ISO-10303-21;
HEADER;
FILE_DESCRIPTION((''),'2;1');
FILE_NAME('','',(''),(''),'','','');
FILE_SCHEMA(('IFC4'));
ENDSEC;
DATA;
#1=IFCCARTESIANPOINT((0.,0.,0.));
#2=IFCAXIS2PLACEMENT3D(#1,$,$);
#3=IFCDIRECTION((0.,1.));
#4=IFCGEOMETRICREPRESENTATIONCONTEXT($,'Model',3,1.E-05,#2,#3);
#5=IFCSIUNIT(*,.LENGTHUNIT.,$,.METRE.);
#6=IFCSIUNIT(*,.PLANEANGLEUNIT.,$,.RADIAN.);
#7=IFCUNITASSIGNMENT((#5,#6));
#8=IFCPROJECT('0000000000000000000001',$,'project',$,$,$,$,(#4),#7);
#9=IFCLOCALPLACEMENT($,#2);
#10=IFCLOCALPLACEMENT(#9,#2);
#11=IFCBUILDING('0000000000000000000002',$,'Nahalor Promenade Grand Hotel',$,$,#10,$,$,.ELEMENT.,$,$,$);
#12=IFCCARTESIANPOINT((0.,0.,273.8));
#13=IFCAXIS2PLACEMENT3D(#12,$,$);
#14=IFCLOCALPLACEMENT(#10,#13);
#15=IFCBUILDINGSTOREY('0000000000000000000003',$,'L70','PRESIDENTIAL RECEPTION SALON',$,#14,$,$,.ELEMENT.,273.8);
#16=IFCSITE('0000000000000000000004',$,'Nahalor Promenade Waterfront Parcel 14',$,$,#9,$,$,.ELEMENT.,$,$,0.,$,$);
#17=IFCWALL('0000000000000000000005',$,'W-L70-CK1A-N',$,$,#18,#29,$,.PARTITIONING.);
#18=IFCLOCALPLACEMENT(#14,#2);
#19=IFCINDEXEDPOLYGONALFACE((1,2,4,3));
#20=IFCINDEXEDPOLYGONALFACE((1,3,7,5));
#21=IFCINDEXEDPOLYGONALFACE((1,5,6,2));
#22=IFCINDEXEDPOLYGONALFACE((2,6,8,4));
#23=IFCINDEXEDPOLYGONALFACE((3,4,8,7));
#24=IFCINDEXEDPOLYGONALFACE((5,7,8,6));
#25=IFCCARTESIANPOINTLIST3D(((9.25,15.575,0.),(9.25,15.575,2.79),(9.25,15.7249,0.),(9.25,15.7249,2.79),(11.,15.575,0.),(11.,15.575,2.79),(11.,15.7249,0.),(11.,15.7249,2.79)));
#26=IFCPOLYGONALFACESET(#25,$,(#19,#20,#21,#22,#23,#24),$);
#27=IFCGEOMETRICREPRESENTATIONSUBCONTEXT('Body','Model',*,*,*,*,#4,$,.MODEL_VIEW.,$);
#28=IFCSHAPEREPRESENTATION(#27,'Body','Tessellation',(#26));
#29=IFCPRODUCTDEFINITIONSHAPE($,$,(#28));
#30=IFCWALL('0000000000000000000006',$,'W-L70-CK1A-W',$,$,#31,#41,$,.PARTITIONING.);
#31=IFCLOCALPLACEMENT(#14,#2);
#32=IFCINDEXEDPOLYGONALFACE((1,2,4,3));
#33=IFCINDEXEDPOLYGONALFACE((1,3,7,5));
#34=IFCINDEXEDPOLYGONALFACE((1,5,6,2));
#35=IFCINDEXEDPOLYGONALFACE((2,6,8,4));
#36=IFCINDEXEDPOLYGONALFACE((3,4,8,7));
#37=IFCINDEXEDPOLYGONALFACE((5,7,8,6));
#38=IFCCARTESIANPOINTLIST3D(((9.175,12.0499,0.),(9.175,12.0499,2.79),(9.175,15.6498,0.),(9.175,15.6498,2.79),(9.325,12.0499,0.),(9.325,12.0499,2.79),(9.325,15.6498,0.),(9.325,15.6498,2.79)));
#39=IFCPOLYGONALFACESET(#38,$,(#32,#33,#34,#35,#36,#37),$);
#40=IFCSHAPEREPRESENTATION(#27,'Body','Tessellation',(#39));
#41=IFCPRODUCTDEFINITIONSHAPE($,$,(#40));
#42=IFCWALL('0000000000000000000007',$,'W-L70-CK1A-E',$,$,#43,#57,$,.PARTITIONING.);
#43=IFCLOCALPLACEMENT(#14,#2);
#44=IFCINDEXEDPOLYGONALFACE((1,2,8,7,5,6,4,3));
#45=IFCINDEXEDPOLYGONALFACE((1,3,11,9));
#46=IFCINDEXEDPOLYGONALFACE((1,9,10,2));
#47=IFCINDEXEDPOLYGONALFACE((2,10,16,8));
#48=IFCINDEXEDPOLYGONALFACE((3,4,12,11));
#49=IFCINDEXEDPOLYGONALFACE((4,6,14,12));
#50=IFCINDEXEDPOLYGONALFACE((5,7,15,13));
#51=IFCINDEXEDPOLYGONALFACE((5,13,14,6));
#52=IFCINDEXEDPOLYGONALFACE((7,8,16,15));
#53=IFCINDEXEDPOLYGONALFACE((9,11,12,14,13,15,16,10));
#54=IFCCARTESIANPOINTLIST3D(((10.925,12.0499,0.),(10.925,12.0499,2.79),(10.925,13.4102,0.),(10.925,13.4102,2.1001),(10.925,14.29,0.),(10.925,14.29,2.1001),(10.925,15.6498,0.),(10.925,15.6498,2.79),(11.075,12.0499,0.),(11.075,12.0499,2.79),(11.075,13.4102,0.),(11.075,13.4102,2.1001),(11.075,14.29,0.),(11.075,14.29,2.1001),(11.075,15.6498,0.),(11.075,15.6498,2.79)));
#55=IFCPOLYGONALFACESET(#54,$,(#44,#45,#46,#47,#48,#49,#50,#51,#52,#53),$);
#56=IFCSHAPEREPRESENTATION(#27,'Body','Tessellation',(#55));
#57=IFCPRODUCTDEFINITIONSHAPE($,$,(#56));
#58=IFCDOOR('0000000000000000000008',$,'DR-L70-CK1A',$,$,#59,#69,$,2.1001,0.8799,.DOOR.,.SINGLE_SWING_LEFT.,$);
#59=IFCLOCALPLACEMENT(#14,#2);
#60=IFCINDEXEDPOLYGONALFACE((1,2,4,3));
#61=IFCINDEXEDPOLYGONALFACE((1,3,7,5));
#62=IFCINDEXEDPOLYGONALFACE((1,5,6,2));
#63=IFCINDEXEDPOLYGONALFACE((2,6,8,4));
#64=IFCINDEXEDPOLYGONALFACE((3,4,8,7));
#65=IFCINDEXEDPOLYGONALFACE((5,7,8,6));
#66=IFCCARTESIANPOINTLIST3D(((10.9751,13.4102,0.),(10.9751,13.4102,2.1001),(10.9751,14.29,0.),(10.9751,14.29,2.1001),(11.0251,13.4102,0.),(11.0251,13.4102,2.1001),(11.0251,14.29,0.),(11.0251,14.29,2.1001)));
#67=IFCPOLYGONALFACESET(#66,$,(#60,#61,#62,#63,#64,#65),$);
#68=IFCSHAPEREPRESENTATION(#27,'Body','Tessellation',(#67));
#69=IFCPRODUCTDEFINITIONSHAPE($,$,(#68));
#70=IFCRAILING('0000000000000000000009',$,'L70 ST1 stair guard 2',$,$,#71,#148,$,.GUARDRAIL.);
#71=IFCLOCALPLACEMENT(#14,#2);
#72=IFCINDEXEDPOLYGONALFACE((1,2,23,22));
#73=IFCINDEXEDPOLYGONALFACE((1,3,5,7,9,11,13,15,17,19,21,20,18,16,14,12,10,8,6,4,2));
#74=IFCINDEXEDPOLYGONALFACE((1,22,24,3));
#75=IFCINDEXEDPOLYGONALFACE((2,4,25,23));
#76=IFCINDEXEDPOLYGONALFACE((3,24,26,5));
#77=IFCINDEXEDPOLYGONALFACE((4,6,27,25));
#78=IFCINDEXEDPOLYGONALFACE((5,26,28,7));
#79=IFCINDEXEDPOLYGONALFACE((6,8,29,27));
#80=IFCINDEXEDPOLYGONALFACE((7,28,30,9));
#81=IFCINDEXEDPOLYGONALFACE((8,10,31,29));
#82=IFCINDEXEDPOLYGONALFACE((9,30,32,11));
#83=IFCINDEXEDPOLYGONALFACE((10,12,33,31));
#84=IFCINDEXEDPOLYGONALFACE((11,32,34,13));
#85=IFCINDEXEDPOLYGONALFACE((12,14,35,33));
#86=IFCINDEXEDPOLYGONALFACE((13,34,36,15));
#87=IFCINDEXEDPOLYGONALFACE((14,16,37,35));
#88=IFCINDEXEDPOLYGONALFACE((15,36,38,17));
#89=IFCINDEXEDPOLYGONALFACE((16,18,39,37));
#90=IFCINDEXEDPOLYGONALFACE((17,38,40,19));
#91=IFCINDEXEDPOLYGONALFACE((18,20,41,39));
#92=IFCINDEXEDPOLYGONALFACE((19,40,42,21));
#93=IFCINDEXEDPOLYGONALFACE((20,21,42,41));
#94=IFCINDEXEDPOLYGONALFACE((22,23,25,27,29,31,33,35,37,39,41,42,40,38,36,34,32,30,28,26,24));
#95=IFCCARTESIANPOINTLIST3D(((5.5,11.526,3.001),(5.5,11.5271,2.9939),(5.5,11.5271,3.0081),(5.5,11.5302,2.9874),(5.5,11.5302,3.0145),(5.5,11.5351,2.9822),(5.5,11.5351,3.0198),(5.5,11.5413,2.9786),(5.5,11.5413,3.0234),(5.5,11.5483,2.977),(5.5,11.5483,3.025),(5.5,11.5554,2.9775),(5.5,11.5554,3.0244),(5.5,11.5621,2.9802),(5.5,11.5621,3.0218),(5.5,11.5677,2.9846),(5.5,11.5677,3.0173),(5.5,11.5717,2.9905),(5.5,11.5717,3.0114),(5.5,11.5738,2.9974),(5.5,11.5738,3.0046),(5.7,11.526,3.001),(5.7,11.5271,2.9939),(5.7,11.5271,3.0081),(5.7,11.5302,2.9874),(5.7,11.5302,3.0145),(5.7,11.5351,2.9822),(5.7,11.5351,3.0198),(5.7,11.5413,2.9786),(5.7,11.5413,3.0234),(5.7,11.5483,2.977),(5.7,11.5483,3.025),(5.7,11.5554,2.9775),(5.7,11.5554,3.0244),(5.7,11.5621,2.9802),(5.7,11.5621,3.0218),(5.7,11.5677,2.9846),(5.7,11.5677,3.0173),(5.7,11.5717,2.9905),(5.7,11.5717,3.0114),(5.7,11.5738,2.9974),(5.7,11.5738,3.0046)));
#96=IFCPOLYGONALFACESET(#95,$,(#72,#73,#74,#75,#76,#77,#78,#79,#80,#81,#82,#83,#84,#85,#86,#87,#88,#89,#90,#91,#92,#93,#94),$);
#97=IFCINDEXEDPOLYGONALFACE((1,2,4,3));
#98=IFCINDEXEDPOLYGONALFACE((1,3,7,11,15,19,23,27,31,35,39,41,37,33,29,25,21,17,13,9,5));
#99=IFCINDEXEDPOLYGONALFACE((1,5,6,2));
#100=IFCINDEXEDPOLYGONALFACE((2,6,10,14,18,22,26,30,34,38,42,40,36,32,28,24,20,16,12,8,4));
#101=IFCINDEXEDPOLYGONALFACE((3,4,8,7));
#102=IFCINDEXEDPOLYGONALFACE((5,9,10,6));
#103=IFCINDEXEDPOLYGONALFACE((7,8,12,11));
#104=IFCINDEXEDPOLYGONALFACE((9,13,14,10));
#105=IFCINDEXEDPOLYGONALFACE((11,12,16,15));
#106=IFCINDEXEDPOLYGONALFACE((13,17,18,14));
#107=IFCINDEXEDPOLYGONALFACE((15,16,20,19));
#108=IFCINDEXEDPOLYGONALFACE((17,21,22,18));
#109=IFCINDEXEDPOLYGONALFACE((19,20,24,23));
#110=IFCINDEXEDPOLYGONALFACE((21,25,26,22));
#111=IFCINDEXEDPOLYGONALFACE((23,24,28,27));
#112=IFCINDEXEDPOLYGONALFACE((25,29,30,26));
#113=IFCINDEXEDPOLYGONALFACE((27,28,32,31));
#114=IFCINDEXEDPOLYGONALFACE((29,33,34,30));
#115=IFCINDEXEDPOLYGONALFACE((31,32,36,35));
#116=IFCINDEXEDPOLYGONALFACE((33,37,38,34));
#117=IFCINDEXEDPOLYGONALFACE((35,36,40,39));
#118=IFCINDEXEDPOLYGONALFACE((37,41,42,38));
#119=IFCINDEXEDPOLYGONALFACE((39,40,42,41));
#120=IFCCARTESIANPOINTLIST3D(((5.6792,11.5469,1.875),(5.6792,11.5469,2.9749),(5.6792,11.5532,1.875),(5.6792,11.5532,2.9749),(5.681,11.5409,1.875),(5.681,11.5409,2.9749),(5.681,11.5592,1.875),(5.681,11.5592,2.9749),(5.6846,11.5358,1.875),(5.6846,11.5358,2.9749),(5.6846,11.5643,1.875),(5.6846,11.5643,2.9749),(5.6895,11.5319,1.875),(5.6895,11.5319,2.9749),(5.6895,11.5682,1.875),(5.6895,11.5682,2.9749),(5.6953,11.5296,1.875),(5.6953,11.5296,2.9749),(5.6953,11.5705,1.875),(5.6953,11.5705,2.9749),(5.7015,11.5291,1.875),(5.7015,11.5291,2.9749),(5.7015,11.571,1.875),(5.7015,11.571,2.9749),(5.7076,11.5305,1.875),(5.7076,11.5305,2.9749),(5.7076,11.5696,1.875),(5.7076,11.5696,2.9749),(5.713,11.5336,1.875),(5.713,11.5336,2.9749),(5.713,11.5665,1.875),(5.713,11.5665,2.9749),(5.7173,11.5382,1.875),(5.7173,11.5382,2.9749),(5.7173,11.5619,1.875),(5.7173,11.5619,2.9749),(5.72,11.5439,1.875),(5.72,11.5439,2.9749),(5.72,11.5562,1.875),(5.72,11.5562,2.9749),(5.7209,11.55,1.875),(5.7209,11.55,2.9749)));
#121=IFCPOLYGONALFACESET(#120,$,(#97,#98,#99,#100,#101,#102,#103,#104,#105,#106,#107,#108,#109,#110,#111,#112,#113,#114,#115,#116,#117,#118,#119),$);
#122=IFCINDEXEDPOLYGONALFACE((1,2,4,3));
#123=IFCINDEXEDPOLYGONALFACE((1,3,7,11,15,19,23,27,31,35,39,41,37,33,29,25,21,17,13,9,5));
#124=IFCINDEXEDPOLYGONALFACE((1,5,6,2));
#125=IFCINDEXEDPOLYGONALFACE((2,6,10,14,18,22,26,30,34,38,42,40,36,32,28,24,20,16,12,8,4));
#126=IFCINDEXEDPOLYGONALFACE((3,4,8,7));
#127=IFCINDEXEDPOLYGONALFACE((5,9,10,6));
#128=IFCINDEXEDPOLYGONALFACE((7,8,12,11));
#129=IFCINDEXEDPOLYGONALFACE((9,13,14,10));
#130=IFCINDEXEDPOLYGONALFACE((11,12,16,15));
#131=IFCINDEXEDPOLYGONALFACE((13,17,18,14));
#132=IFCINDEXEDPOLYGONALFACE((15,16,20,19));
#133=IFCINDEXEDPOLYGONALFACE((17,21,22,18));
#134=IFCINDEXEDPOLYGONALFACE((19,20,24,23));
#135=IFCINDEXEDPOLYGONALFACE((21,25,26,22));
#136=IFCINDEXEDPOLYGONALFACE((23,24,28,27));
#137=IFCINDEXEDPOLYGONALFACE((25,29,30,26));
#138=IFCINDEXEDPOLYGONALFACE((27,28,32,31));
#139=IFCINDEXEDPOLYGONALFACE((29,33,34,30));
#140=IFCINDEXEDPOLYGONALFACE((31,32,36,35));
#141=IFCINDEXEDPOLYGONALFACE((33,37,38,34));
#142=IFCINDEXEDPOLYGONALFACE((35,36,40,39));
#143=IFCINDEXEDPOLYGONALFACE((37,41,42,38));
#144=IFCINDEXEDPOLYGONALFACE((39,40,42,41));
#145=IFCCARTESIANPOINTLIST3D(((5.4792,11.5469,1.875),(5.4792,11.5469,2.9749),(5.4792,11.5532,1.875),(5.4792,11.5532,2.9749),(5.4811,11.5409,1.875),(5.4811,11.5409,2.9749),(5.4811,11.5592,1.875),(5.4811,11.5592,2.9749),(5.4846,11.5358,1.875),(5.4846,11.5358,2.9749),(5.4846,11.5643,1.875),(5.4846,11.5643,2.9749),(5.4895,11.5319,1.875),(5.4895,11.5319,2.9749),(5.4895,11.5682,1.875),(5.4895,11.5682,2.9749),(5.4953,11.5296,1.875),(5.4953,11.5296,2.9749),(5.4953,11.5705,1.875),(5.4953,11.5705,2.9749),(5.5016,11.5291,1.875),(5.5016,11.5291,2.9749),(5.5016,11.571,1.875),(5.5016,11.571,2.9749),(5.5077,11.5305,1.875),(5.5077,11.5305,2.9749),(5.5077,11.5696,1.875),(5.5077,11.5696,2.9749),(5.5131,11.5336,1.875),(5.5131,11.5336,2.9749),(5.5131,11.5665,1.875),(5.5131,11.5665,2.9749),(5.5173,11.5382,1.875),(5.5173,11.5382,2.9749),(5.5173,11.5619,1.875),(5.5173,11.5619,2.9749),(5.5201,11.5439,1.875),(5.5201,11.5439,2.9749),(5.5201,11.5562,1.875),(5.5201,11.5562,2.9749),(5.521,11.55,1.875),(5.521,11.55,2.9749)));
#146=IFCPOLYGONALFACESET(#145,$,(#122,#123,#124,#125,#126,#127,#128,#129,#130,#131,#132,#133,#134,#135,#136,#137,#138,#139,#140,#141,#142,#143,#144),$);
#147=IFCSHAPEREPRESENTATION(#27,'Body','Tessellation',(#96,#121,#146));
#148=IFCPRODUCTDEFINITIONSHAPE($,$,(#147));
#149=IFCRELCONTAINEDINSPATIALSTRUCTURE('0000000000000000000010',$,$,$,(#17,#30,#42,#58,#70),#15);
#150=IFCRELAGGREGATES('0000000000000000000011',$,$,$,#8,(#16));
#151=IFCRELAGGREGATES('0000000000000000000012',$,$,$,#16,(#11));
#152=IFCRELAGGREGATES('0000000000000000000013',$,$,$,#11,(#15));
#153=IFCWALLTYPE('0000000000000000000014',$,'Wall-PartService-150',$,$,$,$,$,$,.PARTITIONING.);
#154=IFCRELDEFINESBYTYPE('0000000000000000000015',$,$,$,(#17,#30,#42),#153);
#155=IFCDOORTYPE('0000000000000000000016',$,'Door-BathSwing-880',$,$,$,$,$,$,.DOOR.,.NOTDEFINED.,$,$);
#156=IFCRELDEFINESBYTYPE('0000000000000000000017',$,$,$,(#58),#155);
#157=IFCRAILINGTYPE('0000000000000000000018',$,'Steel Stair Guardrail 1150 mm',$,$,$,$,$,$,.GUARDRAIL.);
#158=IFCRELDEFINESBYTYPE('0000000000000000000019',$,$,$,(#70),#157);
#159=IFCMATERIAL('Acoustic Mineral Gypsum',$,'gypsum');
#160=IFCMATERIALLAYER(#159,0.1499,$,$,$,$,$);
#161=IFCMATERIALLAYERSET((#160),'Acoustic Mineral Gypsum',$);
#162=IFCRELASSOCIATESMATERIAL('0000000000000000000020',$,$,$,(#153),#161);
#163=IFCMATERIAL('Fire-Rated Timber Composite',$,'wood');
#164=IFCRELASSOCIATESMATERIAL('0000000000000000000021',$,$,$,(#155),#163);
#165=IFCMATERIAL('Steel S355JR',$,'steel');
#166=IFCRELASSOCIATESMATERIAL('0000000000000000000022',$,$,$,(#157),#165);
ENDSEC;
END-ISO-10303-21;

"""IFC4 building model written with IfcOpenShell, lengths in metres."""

from ifc_helpers import new_model, si_unit, direction, frame, frame_2d, origin, origin_2d, place, context, subcontext, project, spatial, rectangle, circle, extrude, source, transform, mapped, material, layer, layer_set, type_object, element, fill, save


model = new_model("IFC4")

# Units and contexts
model_context = context("Model", 3, precision=1e-05, world=origin(), true_north=direction((0.0, 1.0)))
body_context = subcontext(model_context, "Body", "Model", "MODEL_VIEW")
ifc_project = project(units=[si_unit("LENGTHUNIT", "METRE"), si_unit("PLANEANGLEUNIT", "RADIAN")], contexts=[model_context])

# Site, building, storey
site_placement = place(None, origin())
site = spatial("IfcSite", under=ifc_project, at=site_placement, Name="Nahalor Promenade Waterfront Parcel 14", CompositionType="ELEMENT", RefElevation=0.0)
building_placement = place(site_placement, origin())
building = spatial("IfcBuilding", under=site, at=building_placement, Name="Nahalor Promenade Grand Hotel", CompositionType="ELEMENT")
storey_placement = place(building_placement, frame((0.0, 0.0, 273.8)))
storey = spatial("IfcBuildingStorey", under=building, at=storey_placement, Name="L70", Description="PRESIDENTIAL RECEPTION SALON", CompositionType="ELEMENT", Elevation=273.8)

# Shared definitions
ifc_material_1 = material(Name="Steel S355JR", Category="steel")

# Walls
ifc_material_2 = material(Name="Acoustic Mineral Gypsum", Category="gypsum")
ifc_layer_1 = layer(ifc_material_2, 0.1499)
ifc_layer_set_1 = layer_set([ifc_layer_1], Name="Acoustic Mineral Gypsum")
wall_type_1 = type_object("IfcWallType", Name="Wall-PartService-150", PredefinedType="PARTITIONING", material=ifc_layer_set_1)
shared_shape_1 = source(origin(), body_context, "Body", "SweptSolid", [
    extrude(rectangle(XDim=1.75, YDim=0.1499, at=frame_2d((0.875, 0.0))), origin(), (0.0, 0.0, 1.0), 2.79),
])
for number, where, z_axis, x_axis, name in (
    (1, (9.25, 15.6499, 0.0), (0.0, 0.0, 1.0), (1.0, 0.0, 0.0), "W-L70-CK1A-N"),
):
    element("IfcWall", number, at=place(storey_placement, frame(where, z_axis=z_axis, x_axis=x_axis)), inside=storey, type_object=wall_type_1, Name=name, PredefinedType="PARTITIONING", context=body_context, shape_type="MappedRepresentation", body=[
        mapped(shared_shape_1, transform((0.0, 0.0, 0.0), scale=1.0)),
    ])
shared_shape_2 = source(origin(), body_context, "Body", "SweptSolid", [
    extrude(rectangle(XDim=3.5999, YDim=0.1499, at=frame_2d((1.7998, 0.0))), origin(), (0.0, 0.0, 1.0), 2.79),
])
wall_1_placement = place(storey_placement, frame((9.25, 12.05, 0.0), z_axis=(0.0, 0.0, 1.0), x_axis=(0.0, 1.0, 0.0)))
element("IfcWall", 2, at=wall_1_placement, inside=storey, type_object=wall_type_1, Name="W-L70-CK1A-W", PredefinedType="PARTITIONING", context=body_context, shape_type="MappedRepresentation", body=[
    mapped(shared_shape_2, transform((0.0, 0.0, 0.0), scale=1.0)),
])

# Wall, opening, door
wall_2_placement = place(storey_placement, frame((11.0, 12.05, 0.0), z_axis=(0.0, 0.0, 1.0), x_axis=(0.0, 1.0, 0.0)))
wall_2 = element("IfcWall", 3, at=wall_2_placement, inside=storey, type_object=wall_type_1, Name="W-L70-CK1A-E", PredefinedType="PARTITIONING", context=body_context, shape_type="MappedRepresentation", body=[
    mapped(shared_shape_2, transform((0.0, 0.0, 0.0), scale=1.0)),
])
opening_placement = place(wall_2_placement, frame((1.3601, 0.0, 0.0)))
opening = element("IfcOpeningElement", 4, at=opening_placement, cuts=wall_2, PredefinedType="OPENING", context=body_context, shape_type="SweptSolid", body=[
    extrude(rectangle(XDim=0.8799, YDim=2.1001, at=frame_2d((0.4399, 1.05))), frame((0.0, 0.085, 0.0), z_axis=(0.0, -1.0, 0.0), x_axis=(1.0, 0.0, 0.0)), (0.0, 0.0, 1.0), 0.1699),
])
ifc_material_3 = material(Name="Fire-Rated Timber Composite", Category="wood")
door_type = type_object("IfcDoorType", Name="Door-BathSwing-880", OperationType="NOTDEFINED", PredefinedType="DOOR", material=ifc_material_3)
shared_shape_3 = source(origin(), body_context, "Body", "SweptSolid", [
    extrude(rectangle(XDim=0.8799, YDim=2.1001, at=frame_2d((0.4399, 1.05))), frame((0.0, 0.0249, 0.0), z_axis=(0.0, -1.0, 0.0), x_axis=(1.0, 0.0, 0.0)), (0.0, 0.0, 1.0), 0.05),
])
door_placement = place(opening_placement, origin())
door = element("IfcDoor", 5, at=door_placement, inside=storey, type_object=door_type, Name="DR-L70-CK1A", OperationType="SINGLE_SWING_LEFT", OverallHeight=2.1001, OverallWidth=0.8799, PredefinedType="DOOR", context=body_context, shape_type="MappedRepresentation", body=[
    mapped(shared_shape_3, transform((0.0, 0.0, 0.0), scale=1.0)),
])
fill(opening, door)

# Railing
railing_type = type_object("IfcRailingType", Name="Steel Stair Guardrail 1150 mm", PredefinedType="GUARDRAIL", material=ifc_material_1)
railing_placement = place(storey_placement, frame((5.7, 11.55, 1.875)))
element("IfcRailing", 6, at=railing_placement, inside=storey, type_object=railing_type, Name="L70 ST1 stair guard 2", PredefinedType="GUARDRAIL", context=body_context, shape_type="SweptSolid", body=[
    extrude(circle(Radius=0.024, at=origin_2d()), frame((0.0, 0.0, 1.126), z_axis=(-1.0, 0.0, 0.0), x_axis=(0.0, -1.0, 0.0)), (0.0, 0.0, 1.0), 0.2),
    extrude(circle(Radius=0.021, at=origin_2d()), origin(), (0.0, 0.0, 1.0), 1.0999),
    extrude(circle(Radius=0.021, at=origin_2d()), frame((-0.2, 0.0, 0.0)), (0.0, 0.0, 1.0), 1.0999),
])

save(model, "model.ifc")
